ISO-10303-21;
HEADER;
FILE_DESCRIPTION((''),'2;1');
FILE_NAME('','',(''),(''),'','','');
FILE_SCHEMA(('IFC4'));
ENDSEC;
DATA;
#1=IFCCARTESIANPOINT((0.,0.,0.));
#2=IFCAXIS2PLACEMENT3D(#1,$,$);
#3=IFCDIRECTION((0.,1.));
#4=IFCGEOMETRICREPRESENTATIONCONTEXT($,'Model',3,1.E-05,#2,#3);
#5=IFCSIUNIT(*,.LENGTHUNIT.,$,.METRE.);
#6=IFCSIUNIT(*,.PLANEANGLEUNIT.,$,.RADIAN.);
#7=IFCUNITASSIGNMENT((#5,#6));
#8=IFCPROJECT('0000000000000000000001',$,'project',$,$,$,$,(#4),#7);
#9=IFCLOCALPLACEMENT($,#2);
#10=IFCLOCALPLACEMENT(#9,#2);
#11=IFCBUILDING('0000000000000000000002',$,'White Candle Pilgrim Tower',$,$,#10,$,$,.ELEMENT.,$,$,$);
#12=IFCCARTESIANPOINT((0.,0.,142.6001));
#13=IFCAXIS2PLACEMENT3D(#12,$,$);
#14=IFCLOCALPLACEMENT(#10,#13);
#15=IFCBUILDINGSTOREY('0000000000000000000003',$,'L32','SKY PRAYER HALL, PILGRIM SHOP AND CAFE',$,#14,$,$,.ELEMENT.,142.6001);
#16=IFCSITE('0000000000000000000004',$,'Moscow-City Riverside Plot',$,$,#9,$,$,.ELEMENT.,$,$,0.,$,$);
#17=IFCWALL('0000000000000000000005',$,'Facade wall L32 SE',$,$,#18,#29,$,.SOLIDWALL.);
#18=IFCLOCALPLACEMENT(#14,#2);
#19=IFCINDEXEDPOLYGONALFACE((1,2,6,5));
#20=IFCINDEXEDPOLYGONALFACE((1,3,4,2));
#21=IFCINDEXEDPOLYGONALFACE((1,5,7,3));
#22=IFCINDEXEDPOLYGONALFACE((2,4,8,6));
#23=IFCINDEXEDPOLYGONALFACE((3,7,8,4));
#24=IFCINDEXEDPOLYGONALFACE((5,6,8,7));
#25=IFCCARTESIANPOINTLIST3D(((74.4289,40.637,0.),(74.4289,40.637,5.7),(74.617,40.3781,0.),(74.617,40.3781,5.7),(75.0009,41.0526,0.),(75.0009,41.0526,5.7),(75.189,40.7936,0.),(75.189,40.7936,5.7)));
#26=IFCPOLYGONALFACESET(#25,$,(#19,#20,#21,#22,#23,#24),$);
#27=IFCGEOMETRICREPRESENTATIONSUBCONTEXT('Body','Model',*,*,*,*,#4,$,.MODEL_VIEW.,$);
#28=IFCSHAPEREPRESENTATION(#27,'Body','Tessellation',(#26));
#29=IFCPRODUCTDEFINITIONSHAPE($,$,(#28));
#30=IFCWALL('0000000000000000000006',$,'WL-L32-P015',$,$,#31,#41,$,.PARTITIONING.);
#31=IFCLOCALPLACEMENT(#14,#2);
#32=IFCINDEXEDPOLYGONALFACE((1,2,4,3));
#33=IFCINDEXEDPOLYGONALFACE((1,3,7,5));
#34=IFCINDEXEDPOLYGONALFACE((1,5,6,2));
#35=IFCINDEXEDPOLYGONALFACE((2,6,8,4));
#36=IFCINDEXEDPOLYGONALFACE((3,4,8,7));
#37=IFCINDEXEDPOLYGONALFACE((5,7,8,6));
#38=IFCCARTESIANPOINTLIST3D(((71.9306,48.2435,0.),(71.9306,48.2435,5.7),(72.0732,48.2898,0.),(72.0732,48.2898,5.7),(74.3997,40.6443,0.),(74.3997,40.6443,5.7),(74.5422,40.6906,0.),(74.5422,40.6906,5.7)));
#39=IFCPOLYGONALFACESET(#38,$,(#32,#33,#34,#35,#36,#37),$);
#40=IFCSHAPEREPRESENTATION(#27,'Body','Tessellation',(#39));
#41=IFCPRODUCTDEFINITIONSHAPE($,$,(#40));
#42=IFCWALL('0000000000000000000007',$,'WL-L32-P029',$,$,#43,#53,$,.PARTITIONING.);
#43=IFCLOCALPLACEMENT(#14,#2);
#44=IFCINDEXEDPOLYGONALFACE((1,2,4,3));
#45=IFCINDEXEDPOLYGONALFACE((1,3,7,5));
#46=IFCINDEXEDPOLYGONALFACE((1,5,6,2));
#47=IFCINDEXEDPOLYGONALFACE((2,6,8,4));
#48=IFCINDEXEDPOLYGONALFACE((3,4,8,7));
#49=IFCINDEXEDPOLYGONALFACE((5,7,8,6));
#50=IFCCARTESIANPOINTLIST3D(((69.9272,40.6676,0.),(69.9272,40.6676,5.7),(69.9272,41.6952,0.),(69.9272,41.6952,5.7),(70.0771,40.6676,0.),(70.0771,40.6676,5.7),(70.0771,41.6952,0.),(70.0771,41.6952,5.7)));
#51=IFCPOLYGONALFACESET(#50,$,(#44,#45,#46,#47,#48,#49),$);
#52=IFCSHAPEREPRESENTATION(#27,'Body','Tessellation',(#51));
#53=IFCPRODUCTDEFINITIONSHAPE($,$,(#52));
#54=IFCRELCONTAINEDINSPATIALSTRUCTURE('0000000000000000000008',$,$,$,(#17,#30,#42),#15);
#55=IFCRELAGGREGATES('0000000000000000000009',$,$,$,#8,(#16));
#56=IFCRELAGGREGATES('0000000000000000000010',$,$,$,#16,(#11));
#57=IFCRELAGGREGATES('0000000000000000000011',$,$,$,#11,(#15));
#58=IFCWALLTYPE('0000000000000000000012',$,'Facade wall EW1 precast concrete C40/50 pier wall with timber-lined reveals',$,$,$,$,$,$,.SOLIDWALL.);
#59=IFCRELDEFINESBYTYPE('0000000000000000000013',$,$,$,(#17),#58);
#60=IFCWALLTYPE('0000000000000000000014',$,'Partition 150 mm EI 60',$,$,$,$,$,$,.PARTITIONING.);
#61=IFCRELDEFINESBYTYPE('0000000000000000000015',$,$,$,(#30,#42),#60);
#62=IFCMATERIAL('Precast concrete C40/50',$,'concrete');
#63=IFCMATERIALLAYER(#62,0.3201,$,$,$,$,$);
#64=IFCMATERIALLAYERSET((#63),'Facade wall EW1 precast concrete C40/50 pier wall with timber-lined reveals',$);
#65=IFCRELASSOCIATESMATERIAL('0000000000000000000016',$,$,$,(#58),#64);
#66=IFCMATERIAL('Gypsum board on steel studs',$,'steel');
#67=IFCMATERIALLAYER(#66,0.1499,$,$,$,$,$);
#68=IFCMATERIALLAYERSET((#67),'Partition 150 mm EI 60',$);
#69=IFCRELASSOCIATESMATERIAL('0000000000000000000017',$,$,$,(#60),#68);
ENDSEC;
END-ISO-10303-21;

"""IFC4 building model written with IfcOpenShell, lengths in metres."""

from ifc_helpers import new_model, si_unit, direction, frame, frame_2d, origin, place, context, subcontext, project, spatial, rectangle, extrude, material, layer, layer_set, type_object, element, save


model = new_model("IFC4")

# Units and contexts
model_context = context("Model", 3, precision=1e-05, world=origin(), true_north=direction((0.0, 1.0)))
body_context = subcontext(model_context, "Body", "Model", "MODEL_VIEW")
ifc_project = project(units=[si_unit("LENGTHUNIT", "METRE"), si_unit("PLANEANGLEUNIT", "RADIAN")], contexts=[model_context])

# Site, building, storey
site_placement = place(None, origin())
site = spatial("IfcSite", under=ifc_project, at=site_placement, Name="Moscow-City Riverside Plot", CompositionType="ELEMENT", RefElevation=0.0)
building_placement = place(site_placement, origin())
building = spatial("IfcBuilding", under=site, at=building_placement, Name="White Candle Pilgrim Tower", CompositionType="ELEMENT")
storey_placement = place(building_placement, frame((0.0, 0.0, 142.6001)))
storey = spatial("IfcBuildingStorey", under=building, at=storey_placement, Name="L32", Description="SKY PRAYER HALL, PILGRIM SHOP AND CAFE", CompositionType="ELEMENT", Elevation=142.6001)

# Walls
ifc_material_1 = material(Name="Precast concrete C40/50", Category="concrete")
ifc_layer_1 = layer(ifc_material_1, 0.3201)
ifc_layer_set_1 = layer_set([ifc_layer_1], Name="Facade wall EW1 precast concrete C40/50 pier wall with timber-lined reveals")
wall_type_1 = type_object("IfcWallType", Name="Facade wall EW1 precast concrete C40/50 pier wall with timber-lined reveals", PredefinedType="SOLIDWALL", material=ifc_layer_set_1)
wall_1_placement = place(storey_placement, frame((74.5229, 40.5076, 0.0), z_axis=(0.0, 0.0, 1.0), x_axis=(0.809064, 0.58772, 0.0)))
element("IfcWall", 1, at=wall_1_placement, inside=storey, type_object=wall_type_1, Name="Facade wall L32 SE", PredefinedType="SOLIDWALL", context=body_context, shape_type="SweptSolid", body=[
    extrude(rectangle(XDim=0.707, YDim=0.3201, at=frame_2d((0.3535, 0.0))), origin(), (0.0, 0.0, 1.0), 5.7),
])
ifc_material_2 = material(Name="Gypsum board on steel studs", Category="steel")
ifc_layer_2 = layer(ifc_material_2, 0.1499)
ifc_layer_set_2 = layer_set([ifc_layer_2], Name="Partition 150 mm EI 60")
wall_type_2 = type_object("IfcWallType", Name="Partition 150 mm EI 60", PredefinedType="PARTITIONING", material=ifc_layer_set_2)
wall_2_placement = place(storey_placement, frame((74.4709, 40.6675, 0.0), z_axis=(0.0, 0.0, 1.0), x_axis=(-0.309005, 0.951061, 0.0)))
element("IfcWall", 2, at=wall_2_placement, inside=storey, type_object=wall_type_2, Name="WL-L32-P015", PredefinedType="PARTITIONING", context=body_context, shape_type="SweptSolid", body=[
    extrude(rectangle(XDim=7.9902, YDim=0.1499, at=frame_2d((3.9951, 0.0))), origin(), (0.0, 0.0, 1.0), 5.7),
])
wall_3_placement = place(storey_placement, frame((70.0022, 41.6951, 0.0), z_axis=(0.0, 0.0, 1.0), x_axis=(0.0, -1.0, 0.0)))
element("IfcWall", 3, at=wall_3_placement, inside=storey, type_object=wall_type_2, Name="WL-L32-P029", PredefinedType="PARTITIONING", context=body_context, shape_type="SweptSolid", body=[
    extrude(rectangle(XDim=1.0276, YDim=0.1499, at=frame_2d((0.5137, 0.0))), origin(), (0.0, 0.0, 1.0), 5.7),
])

save(model, "model.ifc")
